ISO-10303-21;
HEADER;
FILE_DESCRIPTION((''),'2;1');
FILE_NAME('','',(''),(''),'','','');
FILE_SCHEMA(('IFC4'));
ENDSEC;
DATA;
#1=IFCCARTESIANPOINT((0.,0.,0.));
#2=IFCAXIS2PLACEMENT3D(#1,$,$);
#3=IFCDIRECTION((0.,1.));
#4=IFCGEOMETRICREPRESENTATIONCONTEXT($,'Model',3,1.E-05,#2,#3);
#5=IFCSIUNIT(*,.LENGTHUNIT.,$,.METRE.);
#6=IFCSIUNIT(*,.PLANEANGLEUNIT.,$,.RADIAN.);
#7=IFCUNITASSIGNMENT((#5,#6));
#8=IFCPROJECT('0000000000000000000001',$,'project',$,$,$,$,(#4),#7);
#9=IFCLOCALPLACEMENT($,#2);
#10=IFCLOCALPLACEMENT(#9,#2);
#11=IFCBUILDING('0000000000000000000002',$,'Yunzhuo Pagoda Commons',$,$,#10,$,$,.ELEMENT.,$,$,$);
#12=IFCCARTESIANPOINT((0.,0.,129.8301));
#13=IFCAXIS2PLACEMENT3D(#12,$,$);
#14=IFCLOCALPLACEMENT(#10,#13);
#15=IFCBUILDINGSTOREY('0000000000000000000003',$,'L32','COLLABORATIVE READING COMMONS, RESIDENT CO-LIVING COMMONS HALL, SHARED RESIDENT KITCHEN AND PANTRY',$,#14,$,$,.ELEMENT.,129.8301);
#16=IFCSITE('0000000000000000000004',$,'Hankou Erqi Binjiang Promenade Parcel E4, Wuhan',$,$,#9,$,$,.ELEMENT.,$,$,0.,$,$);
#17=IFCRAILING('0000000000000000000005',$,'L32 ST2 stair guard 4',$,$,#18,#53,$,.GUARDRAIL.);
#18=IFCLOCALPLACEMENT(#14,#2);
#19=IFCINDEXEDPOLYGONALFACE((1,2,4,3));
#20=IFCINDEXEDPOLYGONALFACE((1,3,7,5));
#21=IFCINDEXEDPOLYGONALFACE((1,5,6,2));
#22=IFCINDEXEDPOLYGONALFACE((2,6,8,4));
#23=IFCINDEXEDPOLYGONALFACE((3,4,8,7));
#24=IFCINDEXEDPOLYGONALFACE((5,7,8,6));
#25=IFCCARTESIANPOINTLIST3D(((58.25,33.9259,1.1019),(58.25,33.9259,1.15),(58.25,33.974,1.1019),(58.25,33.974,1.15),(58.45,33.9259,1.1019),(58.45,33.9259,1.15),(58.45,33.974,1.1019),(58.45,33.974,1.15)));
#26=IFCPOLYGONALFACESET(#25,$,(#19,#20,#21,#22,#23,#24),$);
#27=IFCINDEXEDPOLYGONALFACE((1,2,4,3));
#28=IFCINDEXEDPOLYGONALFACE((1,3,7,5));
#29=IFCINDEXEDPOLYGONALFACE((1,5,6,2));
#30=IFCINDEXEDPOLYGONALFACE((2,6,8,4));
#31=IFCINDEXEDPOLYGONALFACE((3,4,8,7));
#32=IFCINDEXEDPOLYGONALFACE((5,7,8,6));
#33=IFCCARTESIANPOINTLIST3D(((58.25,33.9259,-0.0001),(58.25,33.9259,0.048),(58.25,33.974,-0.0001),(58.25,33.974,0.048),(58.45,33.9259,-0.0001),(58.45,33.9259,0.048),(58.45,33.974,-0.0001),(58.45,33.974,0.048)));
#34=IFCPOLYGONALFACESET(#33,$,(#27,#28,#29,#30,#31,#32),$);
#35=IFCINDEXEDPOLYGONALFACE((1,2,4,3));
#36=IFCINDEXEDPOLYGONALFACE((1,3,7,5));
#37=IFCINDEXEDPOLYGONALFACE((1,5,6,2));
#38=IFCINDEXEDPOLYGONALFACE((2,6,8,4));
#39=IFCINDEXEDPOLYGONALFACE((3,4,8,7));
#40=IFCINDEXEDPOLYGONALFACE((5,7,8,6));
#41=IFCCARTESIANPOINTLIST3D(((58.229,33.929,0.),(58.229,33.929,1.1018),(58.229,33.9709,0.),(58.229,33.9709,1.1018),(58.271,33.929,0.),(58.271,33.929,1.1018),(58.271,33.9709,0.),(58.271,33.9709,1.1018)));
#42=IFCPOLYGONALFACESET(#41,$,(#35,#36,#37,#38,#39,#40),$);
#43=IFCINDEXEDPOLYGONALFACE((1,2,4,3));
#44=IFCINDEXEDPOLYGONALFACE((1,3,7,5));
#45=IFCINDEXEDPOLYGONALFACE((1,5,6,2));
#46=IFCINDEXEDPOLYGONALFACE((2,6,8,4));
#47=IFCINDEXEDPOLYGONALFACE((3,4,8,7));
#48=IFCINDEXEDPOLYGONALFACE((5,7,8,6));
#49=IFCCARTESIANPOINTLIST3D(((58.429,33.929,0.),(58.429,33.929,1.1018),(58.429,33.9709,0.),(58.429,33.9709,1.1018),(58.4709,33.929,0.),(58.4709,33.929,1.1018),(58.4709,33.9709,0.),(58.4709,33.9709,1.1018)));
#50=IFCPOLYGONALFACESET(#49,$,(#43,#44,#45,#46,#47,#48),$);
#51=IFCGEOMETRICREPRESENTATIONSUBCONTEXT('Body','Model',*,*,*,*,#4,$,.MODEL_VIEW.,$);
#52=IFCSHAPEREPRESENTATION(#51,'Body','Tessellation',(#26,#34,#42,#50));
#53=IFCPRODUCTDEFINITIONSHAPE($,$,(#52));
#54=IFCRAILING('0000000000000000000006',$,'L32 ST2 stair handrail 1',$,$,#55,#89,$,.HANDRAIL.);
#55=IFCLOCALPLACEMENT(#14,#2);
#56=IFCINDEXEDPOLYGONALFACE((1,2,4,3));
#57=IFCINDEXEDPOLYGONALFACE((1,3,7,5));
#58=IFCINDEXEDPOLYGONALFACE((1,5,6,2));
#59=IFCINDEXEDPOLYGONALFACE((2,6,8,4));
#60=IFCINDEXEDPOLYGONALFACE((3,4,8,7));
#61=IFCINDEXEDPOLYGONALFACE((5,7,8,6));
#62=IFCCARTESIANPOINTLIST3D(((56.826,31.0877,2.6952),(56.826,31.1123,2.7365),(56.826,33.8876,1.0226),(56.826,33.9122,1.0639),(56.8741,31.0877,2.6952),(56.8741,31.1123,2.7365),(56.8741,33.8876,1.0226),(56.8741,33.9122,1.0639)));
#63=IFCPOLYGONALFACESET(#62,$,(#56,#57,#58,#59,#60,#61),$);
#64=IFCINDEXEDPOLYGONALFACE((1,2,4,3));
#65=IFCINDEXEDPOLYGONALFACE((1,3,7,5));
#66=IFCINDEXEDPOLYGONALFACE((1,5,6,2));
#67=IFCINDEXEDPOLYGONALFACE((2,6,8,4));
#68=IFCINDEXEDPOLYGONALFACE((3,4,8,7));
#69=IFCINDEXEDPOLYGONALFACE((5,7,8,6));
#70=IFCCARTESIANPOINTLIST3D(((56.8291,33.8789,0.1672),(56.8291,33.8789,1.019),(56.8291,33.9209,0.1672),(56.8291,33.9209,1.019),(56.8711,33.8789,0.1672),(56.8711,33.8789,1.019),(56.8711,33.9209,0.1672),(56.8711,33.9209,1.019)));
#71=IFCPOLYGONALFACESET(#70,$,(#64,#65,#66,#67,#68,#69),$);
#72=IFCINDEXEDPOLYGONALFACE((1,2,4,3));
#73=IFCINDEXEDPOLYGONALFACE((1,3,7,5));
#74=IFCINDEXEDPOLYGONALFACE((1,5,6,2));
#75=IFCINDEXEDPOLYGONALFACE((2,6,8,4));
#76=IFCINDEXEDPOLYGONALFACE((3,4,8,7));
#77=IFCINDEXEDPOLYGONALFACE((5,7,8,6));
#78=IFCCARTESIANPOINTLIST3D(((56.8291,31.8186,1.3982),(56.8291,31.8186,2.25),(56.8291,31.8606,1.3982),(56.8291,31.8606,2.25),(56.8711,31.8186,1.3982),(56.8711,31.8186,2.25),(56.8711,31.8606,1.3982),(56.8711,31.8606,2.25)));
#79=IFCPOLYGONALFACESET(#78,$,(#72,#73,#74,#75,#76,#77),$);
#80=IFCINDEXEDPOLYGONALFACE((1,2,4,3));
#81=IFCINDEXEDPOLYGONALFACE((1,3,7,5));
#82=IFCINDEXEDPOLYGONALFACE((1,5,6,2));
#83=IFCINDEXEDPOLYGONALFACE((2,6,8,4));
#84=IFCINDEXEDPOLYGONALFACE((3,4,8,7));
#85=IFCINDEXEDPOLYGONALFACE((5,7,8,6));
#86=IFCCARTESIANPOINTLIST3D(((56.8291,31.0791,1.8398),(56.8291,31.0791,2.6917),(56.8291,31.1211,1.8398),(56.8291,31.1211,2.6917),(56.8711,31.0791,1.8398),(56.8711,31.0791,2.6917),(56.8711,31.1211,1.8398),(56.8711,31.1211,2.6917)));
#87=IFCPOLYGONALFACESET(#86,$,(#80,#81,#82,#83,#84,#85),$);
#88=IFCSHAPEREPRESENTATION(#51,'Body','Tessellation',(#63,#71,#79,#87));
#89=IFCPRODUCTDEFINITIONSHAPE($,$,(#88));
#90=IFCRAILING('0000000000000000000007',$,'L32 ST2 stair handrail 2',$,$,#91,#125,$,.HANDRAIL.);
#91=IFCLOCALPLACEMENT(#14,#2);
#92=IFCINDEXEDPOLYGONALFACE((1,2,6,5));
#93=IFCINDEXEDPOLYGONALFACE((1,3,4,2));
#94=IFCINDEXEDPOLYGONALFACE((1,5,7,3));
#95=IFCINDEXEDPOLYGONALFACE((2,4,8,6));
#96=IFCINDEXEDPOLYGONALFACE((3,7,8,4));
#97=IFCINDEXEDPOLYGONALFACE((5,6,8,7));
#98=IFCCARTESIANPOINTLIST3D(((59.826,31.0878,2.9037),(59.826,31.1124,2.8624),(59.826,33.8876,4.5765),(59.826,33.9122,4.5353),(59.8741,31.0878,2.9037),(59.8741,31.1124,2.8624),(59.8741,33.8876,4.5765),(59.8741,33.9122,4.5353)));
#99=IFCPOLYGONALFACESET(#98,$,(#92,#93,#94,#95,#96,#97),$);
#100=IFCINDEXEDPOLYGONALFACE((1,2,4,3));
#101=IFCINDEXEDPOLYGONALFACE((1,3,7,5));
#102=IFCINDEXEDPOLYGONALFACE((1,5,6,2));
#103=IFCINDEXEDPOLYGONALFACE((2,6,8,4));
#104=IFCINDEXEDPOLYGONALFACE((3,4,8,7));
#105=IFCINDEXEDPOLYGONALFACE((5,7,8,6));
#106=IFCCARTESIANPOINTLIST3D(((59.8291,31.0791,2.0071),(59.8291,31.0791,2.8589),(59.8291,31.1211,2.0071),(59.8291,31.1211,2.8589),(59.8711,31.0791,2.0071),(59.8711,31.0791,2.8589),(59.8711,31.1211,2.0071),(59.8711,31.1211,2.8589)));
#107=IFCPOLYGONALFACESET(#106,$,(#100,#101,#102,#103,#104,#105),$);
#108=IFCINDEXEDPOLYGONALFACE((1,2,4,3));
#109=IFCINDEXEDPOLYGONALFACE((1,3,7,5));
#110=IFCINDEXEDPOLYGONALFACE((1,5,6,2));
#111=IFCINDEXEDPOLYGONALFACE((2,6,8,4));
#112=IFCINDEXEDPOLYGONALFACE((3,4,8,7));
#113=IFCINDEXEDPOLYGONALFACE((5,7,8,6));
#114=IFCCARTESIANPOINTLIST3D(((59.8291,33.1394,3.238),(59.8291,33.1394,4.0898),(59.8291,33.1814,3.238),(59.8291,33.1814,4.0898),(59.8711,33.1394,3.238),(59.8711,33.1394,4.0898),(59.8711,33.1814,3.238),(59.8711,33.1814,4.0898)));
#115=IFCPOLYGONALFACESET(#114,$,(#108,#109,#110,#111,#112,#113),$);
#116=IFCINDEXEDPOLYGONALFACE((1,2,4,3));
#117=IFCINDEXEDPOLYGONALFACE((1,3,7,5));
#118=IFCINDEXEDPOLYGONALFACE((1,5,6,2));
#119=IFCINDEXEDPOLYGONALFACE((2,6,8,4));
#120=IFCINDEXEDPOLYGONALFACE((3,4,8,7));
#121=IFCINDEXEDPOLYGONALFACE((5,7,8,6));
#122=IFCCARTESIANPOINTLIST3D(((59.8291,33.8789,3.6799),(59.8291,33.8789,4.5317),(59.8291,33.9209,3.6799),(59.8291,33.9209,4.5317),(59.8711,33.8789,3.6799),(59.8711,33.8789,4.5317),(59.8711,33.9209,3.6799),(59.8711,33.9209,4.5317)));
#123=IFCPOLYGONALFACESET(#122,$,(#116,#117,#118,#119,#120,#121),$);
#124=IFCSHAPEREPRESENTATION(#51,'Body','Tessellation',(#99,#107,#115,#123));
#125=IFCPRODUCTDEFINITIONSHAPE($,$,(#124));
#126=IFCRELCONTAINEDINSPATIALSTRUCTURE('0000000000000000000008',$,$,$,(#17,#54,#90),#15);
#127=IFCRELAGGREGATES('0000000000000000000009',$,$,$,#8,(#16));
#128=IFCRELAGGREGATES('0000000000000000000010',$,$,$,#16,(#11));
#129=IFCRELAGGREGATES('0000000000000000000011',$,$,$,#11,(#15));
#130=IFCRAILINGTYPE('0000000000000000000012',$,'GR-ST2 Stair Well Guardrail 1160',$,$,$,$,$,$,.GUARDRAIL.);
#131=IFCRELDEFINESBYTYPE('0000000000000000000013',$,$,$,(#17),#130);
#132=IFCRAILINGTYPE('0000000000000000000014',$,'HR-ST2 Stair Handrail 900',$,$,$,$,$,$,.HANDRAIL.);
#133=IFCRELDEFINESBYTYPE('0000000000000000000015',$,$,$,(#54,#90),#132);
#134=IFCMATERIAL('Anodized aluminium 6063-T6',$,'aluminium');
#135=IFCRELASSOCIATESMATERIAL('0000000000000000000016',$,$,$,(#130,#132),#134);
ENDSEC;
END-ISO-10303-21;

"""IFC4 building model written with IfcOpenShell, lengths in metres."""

from ifc_helpers import new_model, si_unit, direction, frame, origin, origin_2d, place, context, subcontext, project, spatial, rectangle, extrude, material, type_object, element, save


model = new_model("IFC4")

# Units and contexts
model_context = context("Model", 3, precision=1e-05, world=origin(), true_north=direction((0.0, 1.0)))
body_context = subcontext(model_context, "Body", "Model", "MODEL_VIEW")
ifc_project = project(units=[si_unit("LENGTHUNIT", "METRE"), si_unit("PLANEANGLEUNIT", "RADIAN")], contexts=[model_context])

# Site, building, storey
site_placement = place(None, origin())
site = spatial("IfcSite", under=ifc_project, at=site_placement, Name="Hankou Erqi Binjiang Promenade Parcel E4, Wuhan", CompositionType="ELEMENT", RefElevation=0.0)
building_placement = place(site_placement, origin())
building = spatial("IfcBuilding", under=site, at=building_placement, Name="Yunzhuo Pagoda Commons", CompositionType="ELEMENT")
storey_placement = place(building_placement, frame((0.0, 0.0, 129.8301)))
storey = spatial("IfcBuildingStorey", under=building, at=storey_placement, Name="L32", Description="COLLABORATIVE READING COMMONS, RESIDENT CO-LIVING COMMONS HALL, SHARED RESIDENT KITCHEN AND PANTRY", CompositionType="ELEMENT", Elevation=129.8301)

# Railings
ifc_material_1 = material(Name="Anodized aluminium 6063-T6", Category="aluminium")
railing_type_1 = type_object("IfcRailingType", Name="GR-ST2 Stair Well Guardrail 1160", PredefinedType="GUARDRAIL", material=ifc_material_1)
railing_1_placement = place(storey_placement, frame((58.25, 33.95, 0.0)))
element("IfcRailing", 1, at=railing_1_placement, inside=storey, type_object=railing_type_1, Name="L32 ST2 stair guard 4", PredefinedType="GUARDRAIL", context=body_context, shape_type="SweptSolid", body=[
    extrude(rectangle(XDim=0.0481, YDim=0.0481, at=origin_2d()), frame((0.0, 0.0, 1.126), z_axis=(1.0, 0.0, 0.0), x_axis=(0.0, 1.0, 0.0)), (0.0, 0.0, 1.0), 0.2),
    extrude(rectangle(XDim=0.0481, YDim=0.0481, at=origin_2d()), frame((0.0, 0.0, 0.0239), z_axis=(1.0, 0.0, 0.0), x_axis=(0.0, 1.0, 0.0)), (0.0, 0.0, 1.0), 0.2),
    extrude(rectangle(XDim=0.042, YDim=0.042, at=origin_2d()), origin(), (0.0, 0.0, 1.0), 1.1018),
    extrude(rectangle(XDim=0.042, YDim=0.042, at=origin_2d()), frame((0.2, 0.0, 0.0)), (0.0, 0.0, 1.0), 1.1018),
])
railing_type_2 = type_object("IfcRailingType", Name="HR-ST2 Stair Handrail 900", PredefinedType="HANDRAIL", material=ifc_material_1)
railing_2_placement = place(storey_placement, frame((56.8501, 33.8999, 0.1672)))
element("IfcRailing", 2, at=railing_2_placement, inside=storey, type_object=railing_type_2, Name="L32 ST2 stair handrail 1", PredefinedType="HANDRAIL", context=body_context, shape_type="SweptSolid", body=[
    extrude(rectangle(XDim=0.0481, YDim=0.0481, at=origin_2d()), frame((0.0, 0.0, 0.876), z_axis=(0.0, -0.858476, 0.512855), x_axis=(1.0, 0.0, 0.0)), (0.0, 0.0, 1.0), 3.2615),
    extrude(rectangle(XDim=0.042, YDim=0.042, at=origin_2d()), origin(), (0.0, 0.0, 1.0), 0.8518),
    extrude(rectangle(XDim=0.042, YDim=0.042, at=origin_2d()), frame((0.0, -2.0603, 1.231)), (0.0, 0.0, 1.0), 0.8518),
    extrude(rectangle(XDim=0.042, YDim=0.042, at=origin_2d()), frame((0.0, -2.7998, 1.6726)), (0.0, 0.0, 1.0), 0.8518),
])
railing_3_placement = place(storey_placement, frame((59.8501, 31.1001, 2.0071)))
element("IfcRailing", 3, at=railing_3_placement, inside=storey, type_object=railing_type_2, Name="L32 ST2 stair handrail 2", PredefinedType="HANDRAIL", context=body_context, shape_type="SweptSolid", body=[
    extrude(rectangle(XDim=0.0481, YDim=0.0481, at=origin_2d()), frame((0.0, 0.0, 0.876), z_axis=(0.0, 0.858443, 0.51291), x_axis=(-1.0, 0.0, 0.0)), (0.0, 0.0, 1.0), 3.2615),
    extrude(rectangle(XDim=0.042, YDim=0.042, at=origin_2d()), origin(), (0.0, 0.0, 1.0), 0.8518),
    extrude(rectangle(XDim=0.042, YDim=0.042, at=origin_2d()), frame((0.0, 2.0603, 1.231)), (0.0, 0.0, 1.0), 0.8518),
    extrude(rectangle(XDim=0.042, YDim=0.042, at=origin_2d()), frame((0.0, 2.7998, 1.6729)), (0.0, 0.0, 1.0), 0.8518),
])

save(model, "model.ifc")
